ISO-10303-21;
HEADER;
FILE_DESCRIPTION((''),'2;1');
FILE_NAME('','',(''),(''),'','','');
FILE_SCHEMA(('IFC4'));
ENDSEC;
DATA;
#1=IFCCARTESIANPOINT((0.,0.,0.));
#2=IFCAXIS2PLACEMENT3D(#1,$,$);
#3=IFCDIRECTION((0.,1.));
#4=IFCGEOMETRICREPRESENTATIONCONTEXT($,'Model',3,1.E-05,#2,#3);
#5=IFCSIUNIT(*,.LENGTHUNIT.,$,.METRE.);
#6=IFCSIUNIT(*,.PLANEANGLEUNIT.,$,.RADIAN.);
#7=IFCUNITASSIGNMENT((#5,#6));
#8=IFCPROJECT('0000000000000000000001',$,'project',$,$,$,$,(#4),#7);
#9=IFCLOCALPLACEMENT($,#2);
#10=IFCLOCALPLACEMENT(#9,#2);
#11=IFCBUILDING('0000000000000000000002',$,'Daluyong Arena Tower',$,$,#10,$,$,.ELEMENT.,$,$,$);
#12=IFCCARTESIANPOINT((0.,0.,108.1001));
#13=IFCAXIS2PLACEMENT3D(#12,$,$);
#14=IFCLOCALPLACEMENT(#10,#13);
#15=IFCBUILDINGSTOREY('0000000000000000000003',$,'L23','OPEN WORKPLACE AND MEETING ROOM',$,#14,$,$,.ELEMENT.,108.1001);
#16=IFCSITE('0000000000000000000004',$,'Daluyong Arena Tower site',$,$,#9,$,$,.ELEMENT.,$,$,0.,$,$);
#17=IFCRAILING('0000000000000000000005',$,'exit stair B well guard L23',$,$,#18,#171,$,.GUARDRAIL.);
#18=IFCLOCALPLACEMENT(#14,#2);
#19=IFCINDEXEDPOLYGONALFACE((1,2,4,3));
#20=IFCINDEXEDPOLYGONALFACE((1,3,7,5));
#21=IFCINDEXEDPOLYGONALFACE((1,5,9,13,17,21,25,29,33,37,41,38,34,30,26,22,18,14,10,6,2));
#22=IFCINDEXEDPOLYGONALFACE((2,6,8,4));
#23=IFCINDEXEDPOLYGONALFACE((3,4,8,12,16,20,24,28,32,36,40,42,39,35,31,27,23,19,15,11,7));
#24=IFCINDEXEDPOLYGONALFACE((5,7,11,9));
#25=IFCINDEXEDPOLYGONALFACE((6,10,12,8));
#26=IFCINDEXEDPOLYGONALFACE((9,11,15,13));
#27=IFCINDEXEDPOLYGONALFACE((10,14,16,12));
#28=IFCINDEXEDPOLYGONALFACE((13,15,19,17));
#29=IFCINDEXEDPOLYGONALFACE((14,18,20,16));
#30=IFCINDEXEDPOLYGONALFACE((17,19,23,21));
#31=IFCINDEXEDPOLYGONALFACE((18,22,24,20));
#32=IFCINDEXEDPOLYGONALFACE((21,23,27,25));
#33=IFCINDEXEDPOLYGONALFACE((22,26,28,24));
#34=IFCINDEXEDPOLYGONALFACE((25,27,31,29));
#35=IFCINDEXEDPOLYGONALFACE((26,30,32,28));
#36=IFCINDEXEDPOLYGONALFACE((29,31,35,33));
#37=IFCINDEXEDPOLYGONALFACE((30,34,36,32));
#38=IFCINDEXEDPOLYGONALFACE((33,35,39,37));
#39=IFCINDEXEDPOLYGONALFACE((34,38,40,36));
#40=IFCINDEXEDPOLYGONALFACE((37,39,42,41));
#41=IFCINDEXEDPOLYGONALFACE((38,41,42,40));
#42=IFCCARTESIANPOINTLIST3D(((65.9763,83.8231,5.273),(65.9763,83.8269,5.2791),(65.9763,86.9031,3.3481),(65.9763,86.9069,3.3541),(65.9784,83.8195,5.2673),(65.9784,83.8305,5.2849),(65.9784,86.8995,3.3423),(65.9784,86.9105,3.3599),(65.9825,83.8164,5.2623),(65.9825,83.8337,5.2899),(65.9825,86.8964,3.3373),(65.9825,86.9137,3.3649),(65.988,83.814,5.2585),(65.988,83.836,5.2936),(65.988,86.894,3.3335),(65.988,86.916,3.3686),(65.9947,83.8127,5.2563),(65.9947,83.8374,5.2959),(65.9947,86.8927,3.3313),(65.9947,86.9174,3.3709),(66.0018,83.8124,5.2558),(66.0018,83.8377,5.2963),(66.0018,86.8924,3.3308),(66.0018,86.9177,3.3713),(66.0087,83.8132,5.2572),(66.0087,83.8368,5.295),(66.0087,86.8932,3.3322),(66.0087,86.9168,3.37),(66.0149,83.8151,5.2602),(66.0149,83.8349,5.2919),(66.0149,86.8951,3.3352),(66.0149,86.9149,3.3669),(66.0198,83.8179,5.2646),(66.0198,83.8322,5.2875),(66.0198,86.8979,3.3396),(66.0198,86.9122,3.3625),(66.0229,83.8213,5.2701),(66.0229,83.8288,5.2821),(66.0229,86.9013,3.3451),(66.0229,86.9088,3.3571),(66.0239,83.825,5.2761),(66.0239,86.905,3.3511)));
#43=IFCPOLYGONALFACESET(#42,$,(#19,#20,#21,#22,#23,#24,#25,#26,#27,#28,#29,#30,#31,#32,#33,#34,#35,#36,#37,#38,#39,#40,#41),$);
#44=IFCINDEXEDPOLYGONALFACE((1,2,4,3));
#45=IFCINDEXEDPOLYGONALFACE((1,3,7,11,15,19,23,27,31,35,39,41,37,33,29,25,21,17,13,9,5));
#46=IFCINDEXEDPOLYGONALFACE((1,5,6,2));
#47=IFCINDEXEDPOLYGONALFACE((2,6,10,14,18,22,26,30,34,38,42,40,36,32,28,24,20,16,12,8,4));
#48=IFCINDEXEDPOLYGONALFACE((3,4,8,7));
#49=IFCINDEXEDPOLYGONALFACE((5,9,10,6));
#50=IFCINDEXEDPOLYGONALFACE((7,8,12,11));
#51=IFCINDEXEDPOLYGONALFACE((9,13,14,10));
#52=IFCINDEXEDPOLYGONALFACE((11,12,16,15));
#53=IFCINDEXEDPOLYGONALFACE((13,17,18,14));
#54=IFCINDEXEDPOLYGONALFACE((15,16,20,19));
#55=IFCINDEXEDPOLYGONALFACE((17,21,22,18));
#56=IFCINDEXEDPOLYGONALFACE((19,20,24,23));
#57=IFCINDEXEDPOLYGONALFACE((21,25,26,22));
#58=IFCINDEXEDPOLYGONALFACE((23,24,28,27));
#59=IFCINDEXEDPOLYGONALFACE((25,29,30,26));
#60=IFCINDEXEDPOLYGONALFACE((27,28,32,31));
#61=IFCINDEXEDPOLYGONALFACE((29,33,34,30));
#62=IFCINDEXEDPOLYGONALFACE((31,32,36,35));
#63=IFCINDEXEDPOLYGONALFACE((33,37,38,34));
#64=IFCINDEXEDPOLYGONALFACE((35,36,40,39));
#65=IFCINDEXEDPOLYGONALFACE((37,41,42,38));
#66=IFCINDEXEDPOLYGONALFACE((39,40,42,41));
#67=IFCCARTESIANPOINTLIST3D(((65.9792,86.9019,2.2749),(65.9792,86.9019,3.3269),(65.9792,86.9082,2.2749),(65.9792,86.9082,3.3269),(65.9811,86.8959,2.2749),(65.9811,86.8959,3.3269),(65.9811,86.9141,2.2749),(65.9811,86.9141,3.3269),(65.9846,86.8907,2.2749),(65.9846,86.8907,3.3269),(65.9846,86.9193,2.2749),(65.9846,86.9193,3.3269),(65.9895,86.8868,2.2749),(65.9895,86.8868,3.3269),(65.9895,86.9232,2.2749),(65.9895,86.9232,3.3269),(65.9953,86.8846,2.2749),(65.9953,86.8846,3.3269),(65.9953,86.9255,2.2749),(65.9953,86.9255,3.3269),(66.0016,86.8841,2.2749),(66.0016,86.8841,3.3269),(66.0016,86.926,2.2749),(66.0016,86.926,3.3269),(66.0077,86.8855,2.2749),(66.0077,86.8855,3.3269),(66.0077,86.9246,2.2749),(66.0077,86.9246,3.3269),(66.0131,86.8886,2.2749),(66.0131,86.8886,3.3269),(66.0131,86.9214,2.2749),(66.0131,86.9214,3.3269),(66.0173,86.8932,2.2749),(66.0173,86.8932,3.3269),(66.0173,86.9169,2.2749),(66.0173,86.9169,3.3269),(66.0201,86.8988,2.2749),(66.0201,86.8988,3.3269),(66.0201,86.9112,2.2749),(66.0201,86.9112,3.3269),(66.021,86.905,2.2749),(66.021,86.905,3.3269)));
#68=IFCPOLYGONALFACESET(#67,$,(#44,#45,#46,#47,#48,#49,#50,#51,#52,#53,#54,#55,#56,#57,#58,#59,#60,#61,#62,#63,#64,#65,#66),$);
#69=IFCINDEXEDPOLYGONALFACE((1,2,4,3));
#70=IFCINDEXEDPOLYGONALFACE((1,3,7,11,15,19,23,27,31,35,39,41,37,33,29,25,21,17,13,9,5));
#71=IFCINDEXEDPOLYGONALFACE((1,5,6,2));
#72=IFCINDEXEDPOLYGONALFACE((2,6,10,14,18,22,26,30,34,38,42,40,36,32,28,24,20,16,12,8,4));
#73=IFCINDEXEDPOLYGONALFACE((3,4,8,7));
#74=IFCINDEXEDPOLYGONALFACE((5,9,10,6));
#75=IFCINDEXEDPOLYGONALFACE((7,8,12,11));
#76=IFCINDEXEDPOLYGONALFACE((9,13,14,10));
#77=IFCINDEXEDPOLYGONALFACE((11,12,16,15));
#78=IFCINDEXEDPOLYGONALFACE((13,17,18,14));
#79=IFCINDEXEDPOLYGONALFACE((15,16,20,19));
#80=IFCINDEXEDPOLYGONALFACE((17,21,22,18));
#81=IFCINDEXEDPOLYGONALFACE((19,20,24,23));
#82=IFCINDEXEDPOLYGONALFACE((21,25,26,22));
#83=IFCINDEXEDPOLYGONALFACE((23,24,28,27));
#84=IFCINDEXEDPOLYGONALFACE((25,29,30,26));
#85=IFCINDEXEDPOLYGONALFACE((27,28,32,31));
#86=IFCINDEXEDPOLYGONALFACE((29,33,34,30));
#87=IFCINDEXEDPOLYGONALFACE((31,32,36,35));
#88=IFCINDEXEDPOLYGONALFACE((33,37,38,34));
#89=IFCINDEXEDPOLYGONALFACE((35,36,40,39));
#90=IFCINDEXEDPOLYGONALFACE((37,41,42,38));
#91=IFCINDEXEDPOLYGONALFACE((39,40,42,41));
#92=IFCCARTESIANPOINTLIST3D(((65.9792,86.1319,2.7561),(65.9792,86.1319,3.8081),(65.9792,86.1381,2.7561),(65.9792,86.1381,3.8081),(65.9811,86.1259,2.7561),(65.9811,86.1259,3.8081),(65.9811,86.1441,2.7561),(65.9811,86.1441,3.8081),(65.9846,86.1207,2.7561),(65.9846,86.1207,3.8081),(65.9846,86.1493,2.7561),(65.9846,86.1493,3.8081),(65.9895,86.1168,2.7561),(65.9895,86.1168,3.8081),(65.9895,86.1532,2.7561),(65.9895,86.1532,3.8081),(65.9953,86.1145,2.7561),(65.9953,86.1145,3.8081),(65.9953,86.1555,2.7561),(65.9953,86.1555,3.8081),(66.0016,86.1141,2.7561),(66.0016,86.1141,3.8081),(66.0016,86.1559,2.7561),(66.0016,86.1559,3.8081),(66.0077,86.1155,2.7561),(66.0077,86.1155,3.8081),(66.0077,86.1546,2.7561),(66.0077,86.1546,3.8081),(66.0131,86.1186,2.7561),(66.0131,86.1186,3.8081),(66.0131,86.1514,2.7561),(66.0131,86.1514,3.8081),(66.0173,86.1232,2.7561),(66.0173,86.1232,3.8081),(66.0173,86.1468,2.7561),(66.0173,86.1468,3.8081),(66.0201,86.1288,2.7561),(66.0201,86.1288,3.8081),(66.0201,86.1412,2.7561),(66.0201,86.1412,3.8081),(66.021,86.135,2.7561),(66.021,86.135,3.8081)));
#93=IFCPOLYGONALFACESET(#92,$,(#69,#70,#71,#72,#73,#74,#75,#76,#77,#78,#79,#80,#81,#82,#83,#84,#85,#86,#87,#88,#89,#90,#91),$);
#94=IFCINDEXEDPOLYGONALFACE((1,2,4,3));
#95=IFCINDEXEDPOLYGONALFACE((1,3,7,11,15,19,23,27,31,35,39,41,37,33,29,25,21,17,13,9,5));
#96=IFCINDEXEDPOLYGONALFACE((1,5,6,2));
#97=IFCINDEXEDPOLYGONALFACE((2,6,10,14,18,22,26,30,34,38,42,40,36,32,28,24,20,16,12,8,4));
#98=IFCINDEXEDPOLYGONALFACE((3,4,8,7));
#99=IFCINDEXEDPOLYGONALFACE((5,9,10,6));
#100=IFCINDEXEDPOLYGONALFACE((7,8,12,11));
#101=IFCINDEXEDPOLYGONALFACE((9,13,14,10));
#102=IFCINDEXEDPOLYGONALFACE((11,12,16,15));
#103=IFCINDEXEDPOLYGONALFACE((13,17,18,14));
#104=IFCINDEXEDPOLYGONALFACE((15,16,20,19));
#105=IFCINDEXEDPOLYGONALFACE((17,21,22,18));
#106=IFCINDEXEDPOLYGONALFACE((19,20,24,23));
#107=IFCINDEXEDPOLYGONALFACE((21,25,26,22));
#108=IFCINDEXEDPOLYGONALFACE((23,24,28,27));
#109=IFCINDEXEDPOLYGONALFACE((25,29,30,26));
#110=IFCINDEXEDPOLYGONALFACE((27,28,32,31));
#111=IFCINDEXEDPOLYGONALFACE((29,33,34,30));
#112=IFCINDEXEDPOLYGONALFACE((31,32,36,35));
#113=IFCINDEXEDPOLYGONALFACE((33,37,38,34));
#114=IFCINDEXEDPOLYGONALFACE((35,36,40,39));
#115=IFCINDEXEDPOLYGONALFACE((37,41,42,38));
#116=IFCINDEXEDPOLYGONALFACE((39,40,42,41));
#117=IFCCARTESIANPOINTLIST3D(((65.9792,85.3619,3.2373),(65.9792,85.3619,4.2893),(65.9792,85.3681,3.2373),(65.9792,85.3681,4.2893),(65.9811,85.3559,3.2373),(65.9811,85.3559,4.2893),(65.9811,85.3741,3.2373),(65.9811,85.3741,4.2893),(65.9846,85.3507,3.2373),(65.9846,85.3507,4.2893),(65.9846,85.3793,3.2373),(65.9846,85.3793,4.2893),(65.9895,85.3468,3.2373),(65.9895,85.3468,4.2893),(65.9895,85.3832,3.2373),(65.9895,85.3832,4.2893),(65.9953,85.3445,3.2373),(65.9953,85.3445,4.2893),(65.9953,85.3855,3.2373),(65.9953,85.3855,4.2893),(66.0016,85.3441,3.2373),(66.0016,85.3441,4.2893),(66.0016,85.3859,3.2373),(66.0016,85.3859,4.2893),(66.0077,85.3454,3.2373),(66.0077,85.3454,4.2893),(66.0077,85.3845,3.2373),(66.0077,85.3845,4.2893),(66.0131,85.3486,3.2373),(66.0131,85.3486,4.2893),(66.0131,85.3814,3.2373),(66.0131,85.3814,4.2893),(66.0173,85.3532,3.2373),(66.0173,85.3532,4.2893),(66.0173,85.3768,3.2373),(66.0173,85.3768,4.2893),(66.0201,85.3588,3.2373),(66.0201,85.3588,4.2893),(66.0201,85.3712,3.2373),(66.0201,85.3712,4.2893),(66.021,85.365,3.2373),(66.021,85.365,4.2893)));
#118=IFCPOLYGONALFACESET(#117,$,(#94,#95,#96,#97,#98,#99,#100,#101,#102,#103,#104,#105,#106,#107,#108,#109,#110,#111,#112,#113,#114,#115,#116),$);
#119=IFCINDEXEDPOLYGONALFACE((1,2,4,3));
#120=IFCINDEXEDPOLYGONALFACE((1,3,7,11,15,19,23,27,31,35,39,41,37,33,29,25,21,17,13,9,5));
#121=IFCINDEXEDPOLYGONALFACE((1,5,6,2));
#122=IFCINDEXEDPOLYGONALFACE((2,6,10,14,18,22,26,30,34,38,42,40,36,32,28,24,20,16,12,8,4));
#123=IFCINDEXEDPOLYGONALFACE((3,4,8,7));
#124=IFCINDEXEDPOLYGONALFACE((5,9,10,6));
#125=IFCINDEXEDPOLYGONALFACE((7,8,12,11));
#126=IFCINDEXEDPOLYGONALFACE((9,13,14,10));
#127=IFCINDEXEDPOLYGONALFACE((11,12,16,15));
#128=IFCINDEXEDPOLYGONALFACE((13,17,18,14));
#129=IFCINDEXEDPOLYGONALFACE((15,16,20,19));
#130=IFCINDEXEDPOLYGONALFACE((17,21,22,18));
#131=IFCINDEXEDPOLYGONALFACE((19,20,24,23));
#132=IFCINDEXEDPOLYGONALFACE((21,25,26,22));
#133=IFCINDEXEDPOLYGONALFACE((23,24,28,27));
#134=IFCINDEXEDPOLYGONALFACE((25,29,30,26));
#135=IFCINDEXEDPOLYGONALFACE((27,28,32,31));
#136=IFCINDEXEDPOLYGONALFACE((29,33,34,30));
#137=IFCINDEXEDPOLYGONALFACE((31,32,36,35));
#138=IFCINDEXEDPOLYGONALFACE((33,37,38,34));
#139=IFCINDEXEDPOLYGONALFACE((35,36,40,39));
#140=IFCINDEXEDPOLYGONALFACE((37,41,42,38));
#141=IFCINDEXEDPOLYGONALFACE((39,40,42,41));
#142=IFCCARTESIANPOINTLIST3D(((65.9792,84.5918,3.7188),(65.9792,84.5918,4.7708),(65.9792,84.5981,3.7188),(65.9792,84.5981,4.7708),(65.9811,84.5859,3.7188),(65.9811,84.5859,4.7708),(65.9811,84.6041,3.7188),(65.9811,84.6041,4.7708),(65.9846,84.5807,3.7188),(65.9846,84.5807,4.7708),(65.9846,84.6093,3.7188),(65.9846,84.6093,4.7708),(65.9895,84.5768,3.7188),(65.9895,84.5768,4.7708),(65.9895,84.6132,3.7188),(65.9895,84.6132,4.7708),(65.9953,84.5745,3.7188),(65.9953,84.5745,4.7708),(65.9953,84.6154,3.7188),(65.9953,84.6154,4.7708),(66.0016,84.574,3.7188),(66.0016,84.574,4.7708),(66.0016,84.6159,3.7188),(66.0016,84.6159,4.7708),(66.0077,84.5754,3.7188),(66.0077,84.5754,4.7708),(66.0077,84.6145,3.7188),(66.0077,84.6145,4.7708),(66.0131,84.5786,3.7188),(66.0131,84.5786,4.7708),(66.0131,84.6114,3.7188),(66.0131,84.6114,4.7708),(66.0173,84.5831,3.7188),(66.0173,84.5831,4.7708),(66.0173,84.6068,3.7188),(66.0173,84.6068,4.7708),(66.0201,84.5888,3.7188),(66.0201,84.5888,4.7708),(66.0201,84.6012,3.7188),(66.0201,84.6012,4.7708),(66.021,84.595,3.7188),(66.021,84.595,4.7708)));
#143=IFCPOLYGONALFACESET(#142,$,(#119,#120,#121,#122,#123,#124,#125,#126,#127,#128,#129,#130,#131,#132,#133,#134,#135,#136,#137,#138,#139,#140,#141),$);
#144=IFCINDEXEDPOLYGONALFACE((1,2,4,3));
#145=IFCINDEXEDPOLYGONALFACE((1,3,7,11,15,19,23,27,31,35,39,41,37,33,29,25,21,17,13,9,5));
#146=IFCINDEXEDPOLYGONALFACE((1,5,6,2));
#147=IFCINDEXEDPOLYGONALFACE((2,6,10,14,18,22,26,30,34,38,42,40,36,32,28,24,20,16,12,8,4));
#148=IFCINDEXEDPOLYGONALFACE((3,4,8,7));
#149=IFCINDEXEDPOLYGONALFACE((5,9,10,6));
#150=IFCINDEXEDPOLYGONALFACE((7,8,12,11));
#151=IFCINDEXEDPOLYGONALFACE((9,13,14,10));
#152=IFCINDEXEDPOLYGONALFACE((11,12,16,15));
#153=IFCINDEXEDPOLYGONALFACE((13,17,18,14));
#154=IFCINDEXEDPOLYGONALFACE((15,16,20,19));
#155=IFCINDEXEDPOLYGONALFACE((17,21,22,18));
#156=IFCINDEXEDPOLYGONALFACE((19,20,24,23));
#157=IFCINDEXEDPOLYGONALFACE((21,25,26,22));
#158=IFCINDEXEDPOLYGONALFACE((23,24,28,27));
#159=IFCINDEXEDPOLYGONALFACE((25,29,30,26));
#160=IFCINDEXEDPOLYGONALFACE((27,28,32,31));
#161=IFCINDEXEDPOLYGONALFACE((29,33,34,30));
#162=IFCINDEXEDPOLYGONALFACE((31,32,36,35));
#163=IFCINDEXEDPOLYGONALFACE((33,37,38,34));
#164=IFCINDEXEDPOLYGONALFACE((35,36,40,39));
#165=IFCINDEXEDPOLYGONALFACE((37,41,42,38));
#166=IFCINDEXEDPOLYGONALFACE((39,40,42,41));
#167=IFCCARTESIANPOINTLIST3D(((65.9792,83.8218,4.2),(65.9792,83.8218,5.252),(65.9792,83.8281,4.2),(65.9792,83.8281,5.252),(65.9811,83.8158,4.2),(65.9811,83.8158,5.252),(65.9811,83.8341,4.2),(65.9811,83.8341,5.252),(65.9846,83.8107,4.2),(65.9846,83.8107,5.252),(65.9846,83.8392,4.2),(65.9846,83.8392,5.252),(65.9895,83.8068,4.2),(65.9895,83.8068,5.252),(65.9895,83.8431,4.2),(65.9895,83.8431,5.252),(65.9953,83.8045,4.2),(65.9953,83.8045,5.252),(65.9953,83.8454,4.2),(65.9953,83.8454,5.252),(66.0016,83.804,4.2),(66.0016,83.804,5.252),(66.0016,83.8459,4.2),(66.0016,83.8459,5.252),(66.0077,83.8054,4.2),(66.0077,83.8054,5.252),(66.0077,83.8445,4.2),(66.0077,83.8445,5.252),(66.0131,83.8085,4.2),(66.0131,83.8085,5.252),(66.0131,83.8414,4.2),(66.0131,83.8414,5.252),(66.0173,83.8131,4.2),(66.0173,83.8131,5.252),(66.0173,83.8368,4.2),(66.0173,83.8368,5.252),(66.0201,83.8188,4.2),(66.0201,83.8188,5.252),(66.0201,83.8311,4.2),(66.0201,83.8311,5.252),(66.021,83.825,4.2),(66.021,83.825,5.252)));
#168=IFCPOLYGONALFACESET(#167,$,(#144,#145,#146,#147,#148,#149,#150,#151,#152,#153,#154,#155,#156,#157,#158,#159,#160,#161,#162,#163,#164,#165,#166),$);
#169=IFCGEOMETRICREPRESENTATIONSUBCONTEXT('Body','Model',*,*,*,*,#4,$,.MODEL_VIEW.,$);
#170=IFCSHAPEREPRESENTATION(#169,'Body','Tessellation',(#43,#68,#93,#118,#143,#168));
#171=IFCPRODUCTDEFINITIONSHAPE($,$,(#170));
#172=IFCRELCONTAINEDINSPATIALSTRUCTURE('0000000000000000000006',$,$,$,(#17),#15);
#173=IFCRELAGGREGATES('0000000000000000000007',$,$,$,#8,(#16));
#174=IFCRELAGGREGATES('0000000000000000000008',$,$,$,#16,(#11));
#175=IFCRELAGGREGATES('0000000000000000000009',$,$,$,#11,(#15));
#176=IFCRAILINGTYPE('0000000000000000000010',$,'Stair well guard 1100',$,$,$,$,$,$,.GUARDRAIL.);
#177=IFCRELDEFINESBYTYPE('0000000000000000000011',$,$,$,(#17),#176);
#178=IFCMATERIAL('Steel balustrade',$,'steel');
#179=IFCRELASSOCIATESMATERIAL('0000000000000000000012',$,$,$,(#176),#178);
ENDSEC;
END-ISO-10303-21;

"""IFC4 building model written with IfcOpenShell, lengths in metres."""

from ifc_helpers import new_model, si_unit, direction, frame, origin, origin_2d, place, context, subcontext, project, spatial, circle, extrude, material, type_object, element, save


model = new_model("IFC4")

# Units and contexts
model_context = context("Model", 3, precision=1e-05, world=origin(), true_north=direction((0.0, 1.0)))
body_context = subcontext(model_context, "Body", "Model", "MODEL_VIEW")
ifc_project = project(units=[si_unit("LENGTHUNIT", "METRE"), si_unit("PLANEANGLEUNIT", "RADIAN")], contexts=[model_context])

# Site, building, storey
site_placement = place(None, origin())
site = spatial("IfcSite", under=ifc_project, at=site_placement, Name="Daluyong Arena Tower site", CompositionType="ELEMENT", RefElevation=0.0)
building_placement = place(site_placement, origin())
building = spatial("IfcBuilding", under=site, at=building_placement, Name="Daluyong Arena Tower", CompositionType="ELEMENT")
storey_placement = place(building_placement, frame((0.0, 0.0, 108.1001)))
storey = spatial("IfcBuildingStorey", under=building, at=storey_placement, Name="L23", Description="OPEN WORKPLACE AND MEETING ROOM", CompositionType="ELEMENT", Elevation=108.1001)

# Railing
ifc_material_1 = material(Name="Steel balustrade", Category="steel")
railing_type_1 = type_object("IfcRailingType", Name="Stair well guard 1100", PredefinedType="GUARDRAIL", material=ifc_material_1)
railing_1_placement = place(storey_placement, frame((66.0, 86.905, 2.2749)))
element("IfcRailing", 1, at=railing_1_placement, inside=storey, type_object=railing_type_1, Name="exit stair B well guard L23", PredefinedType="GUARDRAIL", context=body_context, shape_type="SweptSolid", body=[
    extrude(circle(Radius=0.0239, at=origin_2d()), frame((0.0, 0.0, 1.0762), z_axis=(0.0, -0.847998, 0.529999), x_axis=(1.0, 0.0, 0.0)), (0.0, 0.0, 1.0), 3.6321),
    extrude(circle(Radius=0.021, at=origin_2d()), origin(), (0.0, 0.0, 1.0), 1.052),
    extrude(circle(Radius=0.021, at=origin_2d()), frame((0.0, -0.77, 0.4812)), (0.0, 0.0, 1.0), 1.052),
    extrude(circle(Radius=0.021, at=origin_2d()), frame((0.0, -1.54, 0.9624)), (0.0, 0.0, 1.0), 1.052),
    extrude(circle(Radius=0.021, at=origin_2d()), frame((0.0, -2.3101, 1.4438)), (0.0, 0.0, 1.0), 1.052),
    extrude(circle(Radius=0.021, at=origin_2d()), frame((0.0, -3.0801, 1.925)), (0.0, 0.0, 1.0), 1.052),
])

save(model, "model.ifc")
